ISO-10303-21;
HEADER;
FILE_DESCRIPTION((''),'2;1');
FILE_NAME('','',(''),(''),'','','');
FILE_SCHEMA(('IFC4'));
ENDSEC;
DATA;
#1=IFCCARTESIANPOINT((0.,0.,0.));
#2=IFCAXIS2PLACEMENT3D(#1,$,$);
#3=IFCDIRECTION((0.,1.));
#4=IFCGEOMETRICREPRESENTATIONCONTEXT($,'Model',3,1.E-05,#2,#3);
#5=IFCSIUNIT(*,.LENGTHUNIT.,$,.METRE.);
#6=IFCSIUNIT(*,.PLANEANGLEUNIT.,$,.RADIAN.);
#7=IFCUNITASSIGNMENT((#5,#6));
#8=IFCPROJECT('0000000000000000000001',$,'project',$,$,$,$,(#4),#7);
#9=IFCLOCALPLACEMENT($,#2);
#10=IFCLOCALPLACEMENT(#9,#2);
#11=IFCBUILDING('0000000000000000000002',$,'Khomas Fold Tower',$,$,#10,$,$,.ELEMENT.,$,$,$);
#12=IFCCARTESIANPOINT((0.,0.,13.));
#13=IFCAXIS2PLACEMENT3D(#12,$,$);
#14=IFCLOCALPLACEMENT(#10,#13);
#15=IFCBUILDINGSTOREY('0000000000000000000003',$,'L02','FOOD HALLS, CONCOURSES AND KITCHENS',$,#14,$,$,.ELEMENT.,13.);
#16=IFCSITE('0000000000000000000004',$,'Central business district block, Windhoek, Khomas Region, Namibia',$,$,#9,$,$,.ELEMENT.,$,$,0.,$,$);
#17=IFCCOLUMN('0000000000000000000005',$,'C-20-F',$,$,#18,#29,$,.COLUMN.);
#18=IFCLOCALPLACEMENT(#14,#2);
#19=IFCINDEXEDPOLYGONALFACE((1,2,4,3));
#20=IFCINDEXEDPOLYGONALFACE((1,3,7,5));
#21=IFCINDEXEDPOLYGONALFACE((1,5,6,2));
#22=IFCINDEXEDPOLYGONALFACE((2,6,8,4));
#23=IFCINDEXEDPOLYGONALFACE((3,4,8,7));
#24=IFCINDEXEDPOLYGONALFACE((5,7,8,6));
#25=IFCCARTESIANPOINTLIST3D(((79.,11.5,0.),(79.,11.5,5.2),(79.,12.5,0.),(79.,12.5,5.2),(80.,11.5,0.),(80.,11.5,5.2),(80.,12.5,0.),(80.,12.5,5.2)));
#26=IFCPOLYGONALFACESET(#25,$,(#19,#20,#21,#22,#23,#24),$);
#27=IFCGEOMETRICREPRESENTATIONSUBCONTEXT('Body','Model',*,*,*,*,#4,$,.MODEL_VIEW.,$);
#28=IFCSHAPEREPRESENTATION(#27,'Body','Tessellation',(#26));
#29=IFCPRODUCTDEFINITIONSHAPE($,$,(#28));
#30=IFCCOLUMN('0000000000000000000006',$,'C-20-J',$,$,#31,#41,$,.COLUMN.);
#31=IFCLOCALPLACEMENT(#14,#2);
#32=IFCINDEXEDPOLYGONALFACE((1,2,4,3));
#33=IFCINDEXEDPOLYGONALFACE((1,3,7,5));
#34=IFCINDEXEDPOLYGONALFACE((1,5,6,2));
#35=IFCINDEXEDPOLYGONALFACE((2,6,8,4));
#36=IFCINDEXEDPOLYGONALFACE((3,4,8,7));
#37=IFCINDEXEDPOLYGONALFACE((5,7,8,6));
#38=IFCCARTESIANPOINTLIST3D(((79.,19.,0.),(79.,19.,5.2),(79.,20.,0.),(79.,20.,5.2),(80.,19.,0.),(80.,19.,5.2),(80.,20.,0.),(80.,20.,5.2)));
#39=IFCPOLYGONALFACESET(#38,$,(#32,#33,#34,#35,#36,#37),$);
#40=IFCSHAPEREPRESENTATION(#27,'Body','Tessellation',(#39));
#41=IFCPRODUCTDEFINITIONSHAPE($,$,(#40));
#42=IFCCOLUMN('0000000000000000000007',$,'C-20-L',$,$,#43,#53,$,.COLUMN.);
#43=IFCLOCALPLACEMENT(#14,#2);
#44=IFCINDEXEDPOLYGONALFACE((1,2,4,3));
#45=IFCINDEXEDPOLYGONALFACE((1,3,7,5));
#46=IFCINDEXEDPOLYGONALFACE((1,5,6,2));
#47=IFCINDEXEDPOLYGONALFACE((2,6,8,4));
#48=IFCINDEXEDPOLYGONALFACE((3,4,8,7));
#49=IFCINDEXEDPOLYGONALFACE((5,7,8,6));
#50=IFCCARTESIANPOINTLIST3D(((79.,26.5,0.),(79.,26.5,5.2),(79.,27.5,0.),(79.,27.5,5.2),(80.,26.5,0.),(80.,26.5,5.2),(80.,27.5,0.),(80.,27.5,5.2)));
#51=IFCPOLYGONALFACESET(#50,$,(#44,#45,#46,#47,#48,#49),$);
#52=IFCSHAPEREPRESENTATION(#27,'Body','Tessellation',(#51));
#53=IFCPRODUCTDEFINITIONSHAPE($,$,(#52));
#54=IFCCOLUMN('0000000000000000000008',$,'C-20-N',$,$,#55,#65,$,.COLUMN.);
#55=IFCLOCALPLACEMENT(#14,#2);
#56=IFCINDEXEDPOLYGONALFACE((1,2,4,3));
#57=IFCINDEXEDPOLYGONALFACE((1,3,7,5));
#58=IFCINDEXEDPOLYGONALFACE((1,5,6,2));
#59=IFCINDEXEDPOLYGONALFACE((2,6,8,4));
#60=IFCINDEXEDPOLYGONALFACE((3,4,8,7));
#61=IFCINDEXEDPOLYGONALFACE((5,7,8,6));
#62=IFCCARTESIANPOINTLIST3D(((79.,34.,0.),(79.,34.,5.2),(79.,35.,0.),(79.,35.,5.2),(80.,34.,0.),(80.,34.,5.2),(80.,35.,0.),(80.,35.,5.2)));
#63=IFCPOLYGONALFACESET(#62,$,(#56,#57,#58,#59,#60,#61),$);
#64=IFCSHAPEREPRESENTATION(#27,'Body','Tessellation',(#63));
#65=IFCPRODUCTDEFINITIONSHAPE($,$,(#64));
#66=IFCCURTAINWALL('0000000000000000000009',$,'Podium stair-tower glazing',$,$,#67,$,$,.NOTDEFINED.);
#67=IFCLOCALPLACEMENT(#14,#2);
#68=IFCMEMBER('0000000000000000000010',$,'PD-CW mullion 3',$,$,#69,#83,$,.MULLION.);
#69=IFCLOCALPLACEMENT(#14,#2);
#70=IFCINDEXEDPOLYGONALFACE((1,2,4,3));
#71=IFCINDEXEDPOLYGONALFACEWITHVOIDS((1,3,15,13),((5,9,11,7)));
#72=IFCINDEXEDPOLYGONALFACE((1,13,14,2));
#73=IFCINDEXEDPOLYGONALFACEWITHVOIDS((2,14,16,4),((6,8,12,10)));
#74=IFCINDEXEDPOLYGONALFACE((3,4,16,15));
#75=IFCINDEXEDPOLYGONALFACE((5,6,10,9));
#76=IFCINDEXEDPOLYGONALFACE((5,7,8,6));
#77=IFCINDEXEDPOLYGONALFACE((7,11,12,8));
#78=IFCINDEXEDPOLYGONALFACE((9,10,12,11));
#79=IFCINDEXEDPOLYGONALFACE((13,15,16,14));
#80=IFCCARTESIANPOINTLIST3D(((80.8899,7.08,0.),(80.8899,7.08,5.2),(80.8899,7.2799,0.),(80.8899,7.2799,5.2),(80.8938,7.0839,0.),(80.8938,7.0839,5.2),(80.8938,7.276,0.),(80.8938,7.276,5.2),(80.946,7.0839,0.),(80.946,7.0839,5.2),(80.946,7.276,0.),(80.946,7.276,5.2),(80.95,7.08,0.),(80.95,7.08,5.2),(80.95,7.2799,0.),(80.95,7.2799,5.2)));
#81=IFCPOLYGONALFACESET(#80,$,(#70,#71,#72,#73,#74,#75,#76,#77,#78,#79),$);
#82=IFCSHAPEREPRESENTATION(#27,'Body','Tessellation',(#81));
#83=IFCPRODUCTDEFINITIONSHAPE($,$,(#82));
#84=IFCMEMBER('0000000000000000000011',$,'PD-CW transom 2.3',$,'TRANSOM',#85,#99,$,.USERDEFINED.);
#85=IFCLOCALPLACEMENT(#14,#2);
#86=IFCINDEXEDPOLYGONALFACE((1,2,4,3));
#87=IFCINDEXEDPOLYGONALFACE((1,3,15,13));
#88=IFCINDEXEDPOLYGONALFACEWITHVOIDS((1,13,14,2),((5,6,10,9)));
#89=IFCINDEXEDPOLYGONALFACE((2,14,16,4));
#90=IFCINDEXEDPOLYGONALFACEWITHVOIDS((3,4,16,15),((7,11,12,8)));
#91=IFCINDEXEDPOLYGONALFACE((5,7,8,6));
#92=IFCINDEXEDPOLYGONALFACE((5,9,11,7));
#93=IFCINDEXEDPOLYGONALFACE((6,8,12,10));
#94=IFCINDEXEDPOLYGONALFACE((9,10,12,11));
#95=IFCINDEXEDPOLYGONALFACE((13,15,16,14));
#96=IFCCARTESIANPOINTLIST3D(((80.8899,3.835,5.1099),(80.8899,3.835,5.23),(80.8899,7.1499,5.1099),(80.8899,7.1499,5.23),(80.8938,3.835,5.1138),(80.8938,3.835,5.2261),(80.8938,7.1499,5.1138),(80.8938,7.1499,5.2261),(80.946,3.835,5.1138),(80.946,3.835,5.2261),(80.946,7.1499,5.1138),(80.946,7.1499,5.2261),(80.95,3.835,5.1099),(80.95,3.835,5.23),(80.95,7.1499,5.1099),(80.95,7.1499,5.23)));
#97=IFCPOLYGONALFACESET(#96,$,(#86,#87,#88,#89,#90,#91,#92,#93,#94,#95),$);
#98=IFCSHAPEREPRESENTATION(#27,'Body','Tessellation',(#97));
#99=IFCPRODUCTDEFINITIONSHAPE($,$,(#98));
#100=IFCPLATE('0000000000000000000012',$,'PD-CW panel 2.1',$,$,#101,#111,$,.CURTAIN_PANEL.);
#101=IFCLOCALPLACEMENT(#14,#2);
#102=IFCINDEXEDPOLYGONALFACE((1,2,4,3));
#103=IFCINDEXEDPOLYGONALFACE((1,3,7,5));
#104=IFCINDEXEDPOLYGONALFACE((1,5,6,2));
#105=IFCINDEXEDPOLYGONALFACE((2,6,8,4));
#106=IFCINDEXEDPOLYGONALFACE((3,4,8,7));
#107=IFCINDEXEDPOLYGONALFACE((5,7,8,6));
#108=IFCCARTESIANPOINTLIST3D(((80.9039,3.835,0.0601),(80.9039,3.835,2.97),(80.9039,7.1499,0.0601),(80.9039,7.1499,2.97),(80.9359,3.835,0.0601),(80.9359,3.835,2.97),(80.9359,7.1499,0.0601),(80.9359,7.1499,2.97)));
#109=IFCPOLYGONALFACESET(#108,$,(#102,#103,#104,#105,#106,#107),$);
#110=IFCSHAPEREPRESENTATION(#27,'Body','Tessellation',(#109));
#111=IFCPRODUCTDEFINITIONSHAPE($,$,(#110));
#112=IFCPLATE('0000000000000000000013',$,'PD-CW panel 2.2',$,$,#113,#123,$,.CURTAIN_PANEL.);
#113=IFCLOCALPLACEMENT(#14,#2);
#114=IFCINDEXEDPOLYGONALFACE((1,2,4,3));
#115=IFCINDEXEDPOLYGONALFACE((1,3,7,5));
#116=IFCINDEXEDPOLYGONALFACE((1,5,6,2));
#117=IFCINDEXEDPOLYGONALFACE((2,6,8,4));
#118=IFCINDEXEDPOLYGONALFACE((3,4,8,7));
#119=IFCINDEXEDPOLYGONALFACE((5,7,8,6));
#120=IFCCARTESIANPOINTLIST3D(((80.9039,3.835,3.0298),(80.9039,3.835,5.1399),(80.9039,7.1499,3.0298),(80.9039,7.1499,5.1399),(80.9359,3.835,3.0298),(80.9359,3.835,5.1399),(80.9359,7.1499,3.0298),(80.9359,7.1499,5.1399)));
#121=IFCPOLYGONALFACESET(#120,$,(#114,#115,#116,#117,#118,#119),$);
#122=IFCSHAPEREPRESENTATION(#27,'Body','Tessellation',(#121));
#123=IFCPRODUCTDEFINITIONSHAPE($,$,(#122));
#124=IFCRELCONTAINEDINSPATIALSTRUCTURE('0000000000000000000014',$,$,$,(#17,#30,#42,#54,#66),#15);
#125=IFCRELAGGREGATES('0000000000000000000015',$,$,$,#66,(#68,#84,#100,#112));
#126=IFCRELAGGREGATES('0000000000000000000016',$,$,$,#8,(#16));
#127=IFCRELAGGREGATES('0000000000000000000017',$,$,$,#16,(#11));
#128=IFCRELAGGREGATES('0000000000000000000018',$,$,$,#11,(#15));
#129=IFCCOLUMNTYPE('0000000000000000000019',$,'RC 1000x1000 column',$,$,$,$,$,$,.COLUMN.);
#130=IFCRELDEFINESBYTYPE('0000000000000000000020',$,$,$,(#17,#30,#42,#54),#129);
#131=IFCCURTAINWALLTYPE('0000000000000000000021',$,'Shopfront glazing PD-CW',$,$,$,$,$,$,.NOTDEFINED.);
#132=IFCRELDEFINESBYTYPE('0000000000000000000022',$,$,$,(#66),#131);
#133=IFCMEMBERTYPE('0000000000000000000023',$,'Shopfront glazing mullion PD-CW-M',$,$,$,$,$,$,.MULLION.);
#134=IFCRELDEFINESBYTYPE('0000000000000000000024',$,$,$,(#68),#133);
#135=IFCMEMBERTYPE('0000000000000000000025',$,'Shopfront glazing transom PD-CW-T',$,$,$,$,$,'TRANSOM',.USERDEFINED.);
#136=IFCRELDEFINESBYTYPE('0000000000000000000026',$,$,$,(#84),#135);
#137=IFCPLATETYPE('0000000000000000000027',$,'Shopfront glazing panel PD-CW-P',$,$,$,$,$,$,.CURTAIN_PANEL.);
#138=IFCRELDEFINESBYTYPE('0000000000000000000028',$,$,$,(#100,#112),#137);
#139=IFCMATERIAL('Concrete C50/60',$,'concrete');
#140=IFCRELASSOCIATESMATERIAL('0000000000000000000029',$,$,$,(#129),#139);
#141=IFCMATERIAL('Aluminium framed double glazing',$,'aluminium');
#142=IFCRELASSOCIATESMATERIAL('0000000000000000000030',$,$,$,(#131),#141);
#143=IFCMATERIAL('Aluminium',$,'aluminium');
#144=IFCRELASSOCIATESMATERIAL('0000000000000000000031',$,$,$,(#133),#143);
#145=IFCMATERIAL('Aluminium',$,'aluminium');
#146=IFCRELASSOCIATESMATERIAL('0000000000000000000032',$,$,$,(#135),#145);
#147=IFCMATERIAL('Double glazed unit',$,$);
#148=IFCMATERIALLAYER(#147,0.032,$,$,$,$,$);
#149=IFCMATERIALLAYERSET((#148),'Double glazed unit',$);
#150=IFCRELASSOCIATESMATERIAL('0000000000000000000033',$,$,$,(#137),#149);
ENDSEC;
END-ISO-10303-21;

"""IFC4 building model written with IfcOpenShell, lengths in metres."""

from ifc_helpers import new_model, si_unit, direction, frame, origin, origin_2d, place, context, subcontext, project, spatial, rectangle, hollow_rectangle, extrude, source, transform, mapped, material, layer, layer_set, material_profile, profile_set, type_object, element, aggregate, save


model = new_model("IFC4")

# Units and contexts
model_context = context("Model", 3, precision=1e-05, world=origin(), true_north=direction((0.0, 1.0)))
body_context = subcontext(model_context, "Body", "Model", "MODEL_VIEW")
ifc_project = project(units=[si_unit("LENGTHUNIT", "METRE"), si_unit("PLANEANGLEUNIT", "RADIAN")], contexts=[model_context])

# Site, building, storey
site_placement = place(None, origin())
site = spatial("IfcSite", under=ifc_project, at=site_placement, Name="Central business district block, Windhoek, Khomas Region, Namibia", CompositionType="ELEMENT", RefElevation=0.0)
building_placement = place(site_placement, origin())
building = spatial("IfcBuilding", under=site, at=building_placement, Name="Khomas Fold Tower", CompositionType="ELEMENT")
storey_placement = place(building_placement, frame((0.0, 0.0, 13.0)))
storey = spatial("IfcBuildingStorey", under=building, at=storey_placement, Name="L02", Description="FOOD HALLS, CONCOURSES AND KITCHENS", CompositionType="ELEMENT", Elevation=13.0)

# Columns
ifc_material_1 = material(Name="Concrete C50/60", Category="concrete")
ifc_material_profile_1 = material_profile(ifc_material_1, rectangle(XDim=1.0, YDim=1.0, at=origin_2d()), Name="RC 1000x1000")
ifc_profile_set_1 = profile_set([ifc_material_profile_1], Name="Concrete C50/60")
column_type = type_object("IfcColumnType", Name="RC 1000x1000 column", PredefinedType="COLUMN", material=ifc_profile_set_1)
shared_shape_1 = source(origin(), body_context, "Body", "SweptSolid", [
    extrude(rectangle(XDim=1.0, YDim=1.0, at=origin_2d()), origin(), (0.0, 0.0, 1.0), 5.2),
])
for number, where, z_axis, x_axis, name in (
    (1, (79.5, 12.0, 0.0), (0.0, 0.0, 1.0), (1.0, 0.0, 0.0), "C-20-F"),
    (2, (79.5, 19.5, 0.0), (0.0, 0.0, 1.0), (1.0, 0.0, 0.0), "C-20-J"),
    (3, (79.5, 27.0, 0.0), (0.0, 0.0, 1.0), (1.0, 0.0, 0.0), "C-20-L"),
    (4, (79.5, 34.5, 0.0), (0.0, 0.0, 1.0), (1.0, 0.0, 0.0), "C-20-N"),
):
    element("IfcColumn", number, at=place(storey_placement, frame(where, z_axis=z_axis, x_axis=x_axis)), inside=storey, type_object=column_type, Name=name, PredefinedType="COLUMN", context=body_context, shape_type="MappedRepresentation", body=[
        mapped(shared_shape_1, transform((0.0, 0.0, 0.0))),
    ])

# Curtain wall, members, plates
ifc_material_2 = material(Name="Aluminium framed double glazing", Category="aluminium")
curtain_wall_type = type_object("IfcCurtainWallType", Name="Shopfront glazing PD-CW", PredefinedType="NOTDEFINED", material=ifc_material_2)
curtain_wall_placement = place(storey_placement, origin())
curtain_wall = element("IfcCurtainWall", 5, at=curtain_wall_placement, inside=storey, type_object=curtain_wall_type, Name="Podium stair-tower glazing", PredefinedType="NOTDEFINED")
ifc_material_3 = material(Name="Aluminium", Category="aluminium")
ifc_material_profile_2 = material_profile(ifc_material_3, hollow_rectangle(XDim=0.0601, YDim=0.2, WallThickness=0.0039, at=origin_2d()), Name="Shopfront glazing mullion PD-CW-M")
ifc_profile_set_2 = profile_set([ifc_material_profile_2], Name="Aluminium")
member_type_1 = type_object("IfcMemberType", Name="Shopfront glazing mullion PD-CW-M", PredefinedType="MULLION", material=ifc_profile_set_2)
shared_shape_2 = source(origin(), body_context, "Body", "SweptSolid", [
    extrude(hollow_rectangle(XDim=0.0601, YDim=0.2, WallThickness=0.0039, at=origin_2d()), origin(), (0.0, 0.0, 1.0), 5.2),
])
member_1_placement = place(storey_placement, frame((80.9199, 7.1799, 0.0), z_axis=(0.0, 0.0, 1.0), x_axis=(-1.0, 0.0, 0.0)))
member_1 = element("IfcMember", 6, at=member_1_placement, type_object=member_type_1, Name="PD-CW mullion 3", PredefinedType="MULLION", context=body_context, shape_type="MappedRepresentation", body=[
    mapped(shared_shape_2, transform((0.0, 0.0, 0.0))),
])
ifc_material_4 = material(Name="Aluminium", Category="aluminium")
ifc_material_profile_3 = material_profile(ifc_material_4, hollow_rectangle(XDim=0.0601, YDim=0.1201, WallThickness=0.0039, at=origin_2d()), Name="Shopfront glazing transom PD-CW-T")
ifc_profile_set_3 = profile_set([ifc_material_profile_3], Name="Aluminium")
member_type_2 = type_object("IfcMemberType", Name="Shopfront glazing transom PD-CW-T", ElementType="TRANSOM", PredefinedType="USERDEFINED", material=ifc_profile_set_3)
shared_shape_3 = source(origin(), body_context, "Body", "SweptSolid", [
    extrude(hollow_rectangle(XDim=0.0601, YDim=0.1201, WallThickness=0.0039, at=origin_2d()), origin(), (0.0, 0.0, 1.0), 3.3149),
])
member_2_placement = place(storey_placement, frame((80.9199, 3.835, 5.1699), z_axis=(0.0, 1.0, 0.0), x_axis=(-1.0, 0.0, 0.0)))
member_2 = element("IfcMember", 7, at=member_2_placement, type_object=member_type_2, Name="PD-CW transom 2.3", ObjectType="TRANSOM", PredefinedType="USERDEFINED", context=body_context, shape_type="MappedRepresentation", body=[
    mapped(shared_shape_3, transform((0.0, 0.0, 0.0))),
])
ifc_material_5 = material(Name="Double glazed unit")
ifc_layer_1 = layer(ifc_material_5, 0.032)
ifc_layer_set_1 = layer_set([ifc_layer_1], Name="Double glazed unit")
plate_type = type_object("IfcPlateType", Name="Shopfront glazing panel PD-CW-P", PredefinedType="CURTAIN_PANEL", material=ifc_layer_set_1)
shared_shape_4 = source(origin(), body_context, "Body", "SweptSolid", [
    extrude(rectangle(XDim=3.3149, YDim=0.032, at=origin_2d()), origin(), (0.0, 0.0, 1.0), 2.9099),
])
plate_1_placement = place(storey_placement, frame((80.9199, 5.4924, 0.0601), z_axis=(0.0, 0.0, 1.0), x_axis=(0.0, 1.0, 0.0)))
plate_1 = element("IfcPlate", 8, at=plate_1_placement, type_object=plate_type, Name="PD-CW panel 2.1", PredefinedType="CURTAIN_PANEL", context=body_context, shape_type="MappedRepresentation", body=[
    mapped(shared_shape_4, transform((0.0, 0.0, 0.0))),
])
shared_shape_5 = source(origin(), body_context, "Body", "SweptSolid", [
    extrude(rectangle(XDim=3.3149, YDim=0.032, at=origin_2d()), origin(), (0.0, 0.0, 1.0), 2.1101),
])
plate_2_placement = place(storey_placement, frame((80.9199, 5.4924, 3.0298), z_axis=(0.0, 0.0, 1.0), x_axis=(0.0, 1.0, 0.0)))
plate_2 = element("IfcPlate", 9, at=plate_2_placement, type_object=plate_type, Name="PD-CW panel 2.2", PredefinedType="CURTAIN_PANEL", context=body_context, shape_type="MappedRepresentation", body=[
    mapped(shared_shape_5, transform((0.0, 0.0, 0.0))),
])
aggregate(curtain_wall, [member_1, member_2, plate_1, plate_2])

save(model, "model.ifc")
